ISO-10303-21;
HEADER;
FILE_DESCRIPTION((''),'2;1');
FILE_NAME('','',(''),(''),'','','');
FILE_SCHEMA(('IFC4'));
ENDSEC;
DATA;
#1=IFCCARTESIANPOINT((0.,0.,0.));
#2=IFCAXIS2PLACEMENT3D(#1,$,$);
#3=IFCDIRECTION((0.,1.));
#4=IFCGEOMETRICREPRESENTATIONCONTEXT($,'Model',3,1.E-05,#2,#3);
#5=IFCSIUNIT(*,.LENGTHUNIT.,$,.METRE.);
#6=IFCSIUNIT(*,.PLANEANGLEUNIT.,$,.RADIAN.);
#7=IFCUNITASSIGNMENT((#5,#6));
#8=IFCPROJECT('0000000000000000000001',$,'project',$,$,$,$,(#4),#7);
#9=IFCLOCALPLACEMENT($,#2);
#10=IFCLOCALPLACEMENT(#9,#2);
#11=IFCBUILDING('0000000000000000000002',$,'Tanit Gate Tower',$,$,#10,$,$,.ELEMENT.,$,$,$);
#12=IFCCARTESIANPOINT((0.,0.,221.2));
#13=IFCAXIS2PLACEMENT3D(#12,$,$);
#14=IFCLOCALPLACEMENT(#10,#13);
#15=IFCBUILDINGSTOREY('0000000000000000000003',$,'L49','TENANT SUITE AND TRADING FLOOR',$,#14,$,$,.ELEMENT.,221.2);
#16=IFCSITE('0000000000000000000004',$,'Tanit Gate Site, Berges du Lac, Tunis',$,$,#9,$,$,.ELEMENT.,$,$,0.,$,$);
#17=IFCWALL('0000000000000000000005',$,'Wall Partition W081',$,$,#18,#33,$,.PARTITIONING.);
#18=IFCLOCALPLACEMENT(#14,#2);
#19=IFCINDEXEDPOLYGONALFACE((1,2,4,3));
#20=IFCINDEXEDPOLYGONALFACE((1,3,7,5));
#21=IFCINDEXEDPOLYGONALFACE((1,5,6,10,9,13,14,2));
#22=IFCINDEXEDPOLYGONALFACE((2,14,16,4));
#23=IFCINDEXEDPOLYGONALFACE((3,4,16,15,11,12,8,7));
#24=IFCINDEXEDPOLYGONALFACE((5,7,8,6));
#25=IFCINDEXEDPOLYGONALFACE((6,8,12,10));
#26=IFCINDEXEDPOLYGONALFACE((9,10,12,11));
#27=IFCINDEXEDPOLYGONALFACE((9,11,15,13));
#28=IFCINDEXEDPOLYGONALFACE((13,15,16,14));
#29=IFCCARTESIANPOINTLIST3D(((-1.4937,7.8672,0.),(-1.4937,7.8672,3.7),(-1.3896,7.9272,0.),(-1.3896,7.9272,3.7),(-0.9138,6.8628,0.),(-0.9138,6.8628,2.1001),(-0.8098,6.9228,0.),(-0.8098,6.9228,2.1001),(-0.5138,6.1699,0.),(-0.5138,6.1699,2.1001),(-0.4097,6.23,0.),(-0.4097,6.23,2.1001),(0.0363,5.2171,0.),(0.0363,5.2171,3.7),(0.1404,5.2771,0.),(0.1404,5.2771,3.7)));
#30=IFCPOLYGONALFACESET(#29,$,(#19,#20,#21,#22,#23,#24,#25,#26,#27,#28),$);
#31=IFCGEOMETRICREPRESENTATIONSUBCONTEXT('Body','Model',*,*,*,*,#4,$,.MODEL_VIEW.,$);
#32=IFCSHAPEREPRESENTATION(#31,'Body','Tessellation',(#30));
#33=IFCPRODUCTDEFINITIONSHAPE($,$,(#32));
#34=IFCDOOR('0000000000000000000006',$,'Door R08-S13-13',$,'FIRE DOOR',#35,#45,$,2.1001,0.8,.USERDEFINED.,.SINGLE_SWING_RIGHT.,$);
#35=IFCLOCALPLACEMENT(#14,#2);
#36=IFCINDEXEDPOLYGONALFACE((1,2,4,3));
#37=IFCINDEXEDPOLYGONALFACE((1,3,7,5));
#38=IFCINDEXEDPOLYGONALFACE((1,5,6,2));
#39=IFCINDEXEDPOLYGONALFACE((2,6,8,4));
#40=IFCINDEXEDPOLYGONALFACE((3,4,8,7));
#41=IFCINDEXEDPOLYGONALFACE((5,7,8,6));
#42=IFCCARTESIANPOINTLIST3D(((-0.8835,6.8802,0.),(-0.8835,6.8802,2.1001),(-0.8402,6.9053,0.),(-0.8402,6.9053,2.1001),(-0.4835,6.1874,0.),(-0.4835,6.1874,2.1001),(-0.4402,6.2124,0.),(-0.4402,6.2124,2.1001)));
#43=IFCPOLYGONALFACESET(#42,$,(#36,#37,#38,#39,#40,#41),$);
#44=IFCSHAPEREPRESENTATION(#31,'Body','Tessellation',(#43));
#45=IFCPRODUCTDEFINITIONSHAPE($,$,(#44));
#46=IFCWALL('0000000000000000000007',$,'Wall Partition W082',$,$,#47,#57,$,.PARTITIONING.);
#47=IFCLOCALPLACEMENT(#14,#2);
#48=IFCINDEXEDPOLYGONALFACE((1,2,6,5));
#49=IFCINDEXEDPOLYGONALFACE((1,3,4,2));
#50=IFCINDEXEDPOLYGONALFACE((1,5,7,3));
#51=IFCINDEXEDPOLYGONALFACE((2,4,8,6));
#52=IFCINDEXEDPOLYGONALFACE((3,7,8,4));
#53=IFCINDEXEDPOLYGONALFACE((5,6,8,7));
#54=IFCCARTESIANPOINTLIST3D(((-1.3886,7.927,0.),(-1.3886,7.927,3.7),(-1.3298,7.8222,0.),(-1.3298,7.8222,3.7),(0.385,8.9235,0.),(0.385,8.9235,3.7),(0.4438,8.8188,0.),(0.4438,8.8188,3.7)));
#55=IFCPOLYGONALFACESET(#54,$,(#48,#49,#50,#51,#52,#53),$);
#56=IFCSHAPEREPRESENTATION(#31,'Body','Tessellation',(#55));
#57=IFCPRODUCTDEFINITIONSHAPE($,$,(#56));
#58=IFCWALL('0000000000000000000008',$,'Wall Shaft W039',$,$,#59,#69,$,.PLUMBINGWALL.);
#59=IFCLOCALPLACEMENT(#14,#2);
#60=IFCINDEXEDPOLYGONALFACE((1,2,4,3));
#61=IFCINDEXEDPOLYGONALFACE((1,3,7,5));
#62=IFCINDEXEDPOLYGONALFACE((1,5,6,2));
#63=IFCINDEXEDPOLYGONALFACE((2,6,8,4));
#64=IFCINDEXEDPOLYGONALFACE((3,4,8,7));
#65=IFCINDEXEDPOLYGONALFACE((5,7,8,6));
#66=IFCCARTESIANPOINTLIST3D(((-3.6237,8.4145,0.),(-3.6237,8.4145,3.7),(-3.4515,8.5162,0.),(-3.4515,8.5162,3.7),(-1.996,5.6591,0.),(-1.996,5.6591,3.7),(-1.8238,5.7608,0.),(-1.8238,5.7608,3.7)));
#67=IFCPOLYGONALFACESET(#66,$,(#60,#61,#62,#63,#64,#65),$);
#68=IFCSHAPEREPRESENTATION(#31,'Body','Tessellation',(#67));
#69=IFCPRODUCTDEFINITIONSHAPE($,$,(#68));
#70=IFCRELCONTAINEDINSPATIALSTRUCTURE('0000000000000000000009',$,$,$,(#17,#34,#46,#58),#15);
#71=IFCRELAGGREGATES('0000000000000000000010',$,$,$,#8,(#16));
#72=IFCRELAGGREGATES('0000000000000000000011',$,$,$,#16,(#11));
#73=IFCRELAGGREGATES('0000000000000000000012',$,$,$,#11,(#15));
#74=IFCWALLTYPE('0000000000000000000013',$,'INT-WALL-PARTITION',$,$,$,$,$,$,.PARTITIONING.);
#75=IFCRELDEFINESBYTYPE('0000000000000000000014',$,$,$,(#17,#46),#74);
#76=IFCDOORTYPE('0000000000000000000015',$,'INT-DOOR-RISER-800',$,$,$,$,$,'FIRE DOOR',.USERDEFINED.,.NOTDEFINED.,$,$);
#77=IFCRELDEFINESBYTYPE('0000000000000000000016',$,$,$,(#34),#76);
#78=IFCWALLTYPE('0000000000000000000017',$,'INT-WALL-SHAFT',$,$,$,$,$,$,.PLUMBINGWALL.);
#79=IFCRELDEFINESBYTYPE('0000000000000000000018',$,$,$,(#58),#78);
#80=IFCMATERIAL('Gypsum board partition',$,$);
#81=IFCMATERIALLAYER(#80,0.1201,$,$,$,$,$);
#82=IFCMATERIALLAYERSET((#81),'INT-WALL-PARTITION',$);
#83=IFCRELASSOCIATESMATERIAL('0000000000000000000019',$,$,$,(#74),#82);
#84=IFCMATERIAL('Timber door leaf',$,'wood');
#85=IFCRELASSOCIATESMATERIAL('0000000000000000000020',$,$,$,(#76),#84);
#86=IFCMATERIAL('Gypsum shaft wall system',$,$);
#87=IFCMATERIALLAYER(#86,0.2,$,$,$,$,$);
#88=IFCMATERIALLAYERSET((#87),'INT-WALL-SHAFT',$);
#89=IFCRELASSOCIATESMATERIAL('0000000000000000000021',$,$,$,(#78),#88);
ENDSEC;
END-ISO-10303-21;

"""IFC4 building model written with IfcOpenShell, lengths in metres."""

from ifc_helpers import new_model, si_unit, direction, frame, frame_2d, origin, place, context, subcontext, project, spatial, rectangle, extrude, material, layer, layer_set, type_object, element, fill, save


model = new_model("IFC4")

# Units and contexts
model_context = context("Model", 3, precision=1e-05, world=origin(), true_north=direction((0.0, 1.0)))
body_context = subcontext(model_context, "Body", "Model", "MODEL_VIEW")
ifc_project = project(units=[si_unit("LENGTHUNIT", "METRE"), si_unit("PLANEANGLEUNIT", "RADIAN")], contexts=[model_context])

# Site, building, storey
site_placement = place(None, origin())
site = spatial("IfcSite", under=ifc_project, at=site_placement, Name="Tanit Gate Site, Berges du Lac, Tunis", CompositionType="ELEMENT", RefElevation=0.0)
building_placement = place(site_placement, origin())
building = spatial("IfcBuilding", under=site, at=building_placement, Name="Tanit Gate Tower", CompositionType="ELEMENT")
storey_placement = place(building_placement, frame((0.0, 0.0, 221.2)))
storey = spatial("IfcBuildingStorey", under=building, at=storey_placement, Name="L49", Description="TENANT SUITE AND TRADING FLOOR", CompositionType="ELEMENT", Elevation=221.2)

# Shared definitions
ifc_material_1 = material(Name="Gypsum board partition")
ifc_layer_1 = layer(ifc_material_1, 0.1201)
ifc_layer_set_1 = layer_set([ifc_layer_1], Name="INT-WALL-PARTITION")
wall_type_1 = type_object("IfcWallType", Name="INT-WALL-PARTITION", PredefinedType="PARTITIONING", material=ifc_layer_set_1)

# Wall, opening, door
ifc_material_2 = material(Name="Timber door leaf", Category="wood")
door_type_1 = type_object("IfcDoorType", Name="INT-DOOR-RISER-800", ElementType="FIRE DOOR", OperationType="NOTDEFINED", PredefinedType="USERDEFINED", material=ifc_material_2)
wall_1_placement = place(storey_placement, frame((-1.4417, 7.8972, 0.0), z_axis=(0.0, 0.0, 1.0), x_axis=(0.499992, -0.86603, 0.0)))
wall_1 = element("IfcWall", 1, at=wall_1_placement, inside=storey, type_object=wall_type_1, Name="Wall Partition W081", PredefinedType="PARTITIONING", context=body_context, shape_type="SweptSolid", body=[
    extrude(rectangle(XDim=3.0601, YDim=0.1201, at=frame_2d((1.53, 0.0))), origin(), (0.0, 0.0, 1.0), 3.7),
])
opening_1_placement = place(wall_1_placement, frame((1.1599, 0.0, 0.0)))
opening_1 = element("IfcOpeningElement", 2, at=opening_1_placement, cuts=wall_1, PredefinedType="OPENING", context=body_context, shape_type="SweptSolid", body=[
    extrude(rectangle(XDim=0.8, YDim=2.1001, at=frame_2d((0.3999, 1.05))), frame((0.0, 0.0701, 0.0), z_axis=(0.0, -1.0, 0.0), x_axis=(1.0, 0.0, 0.0)), (0.0, 0.0, 1.0), 0.1401),
])
door_1_placement = place(opening_1_placement, origin())
door_1 = element("IfcDoor", 3, at=door_1_placement, inside=storey, type_object=door_type_1, Name="Door R08-S13-13", ObjectType="FIRE DOOR", OperationType="SINGLE_SWING_RIGHT", OverallHeight=2.1001, OverallWidth=0.8, PredefinedType="USERDEFINED", context=body_context, shape_type="SweptSolid", body=[
    extrude(rectangle(XDim=0.8, YDim=2.1001, at=frame_2d((0.3999, 1.05))), frame((0.0, 0.0249, 0.0), z_axis=(0.0, -1.0, 0.0), x_axis=(1.0, 0.0, 0.0)), (0.0, 0.0, 1.0), 0.05),
])
fill(opening_1, door_1)

# Walls
wall_2_placement = place(storey_placement, frame((0.4143, 8.8711, 0.0), z_axis=(0.0, 0.0, 1.0), x_axis=(-0.871809, -0.489845, 0.0)))
element("IfcWall", 4, at=wall_2_placement, inside=storey, type_object=wall_type_1, Name="Wall Partition W082", PredefinedType="PARTITIONING", context=body_context, shape_type="SweptSolid", body=[
    extrude(rectangle(XDim=2.0344, YDim=0.1201, at=frame_2d((1.0171, 0.0))), origin(), (0.0, 0.0, 1.0), 3.7),
])
ifc_material_3 = material(Name="Gypsum shaft wall system")
ifc_layer_2 = layer(ifc_material_3, 0.2)
ifc_layer_set_2 = layer_set([ifc_layer_2], Name="INT-WALL-SHAFT")
wall_type_2 = type_object("IfcWallType", Name="INT-WALL-SHAFT", PredefinedType="PLUMBINGWALL", material=ifc_layer_set_2)
wall_3_placement = place(storey_placement, frame((-3.5376, 8.4653, 0.0), z_axis=(0.0, 0.0, 1.0), x_axis=(0.508616, -0.860993, 0.0)))
element("IfcWall", 5, at=wall_3_placement, inside=storey, type_object=wall_type_2, Name="Wall Shaft W039", PredefinedType="PLUMBINGWALL", context=body_context, shape_type="SweptSolid", body=[
    extrude(rectangle(XDim=3.2002, YDim=0.2, at=frame_2d((1.6001, 0.0))), origin(), (0.0, 0.0, 1.0), 3.7),
])

save(model, "model.ifc")
